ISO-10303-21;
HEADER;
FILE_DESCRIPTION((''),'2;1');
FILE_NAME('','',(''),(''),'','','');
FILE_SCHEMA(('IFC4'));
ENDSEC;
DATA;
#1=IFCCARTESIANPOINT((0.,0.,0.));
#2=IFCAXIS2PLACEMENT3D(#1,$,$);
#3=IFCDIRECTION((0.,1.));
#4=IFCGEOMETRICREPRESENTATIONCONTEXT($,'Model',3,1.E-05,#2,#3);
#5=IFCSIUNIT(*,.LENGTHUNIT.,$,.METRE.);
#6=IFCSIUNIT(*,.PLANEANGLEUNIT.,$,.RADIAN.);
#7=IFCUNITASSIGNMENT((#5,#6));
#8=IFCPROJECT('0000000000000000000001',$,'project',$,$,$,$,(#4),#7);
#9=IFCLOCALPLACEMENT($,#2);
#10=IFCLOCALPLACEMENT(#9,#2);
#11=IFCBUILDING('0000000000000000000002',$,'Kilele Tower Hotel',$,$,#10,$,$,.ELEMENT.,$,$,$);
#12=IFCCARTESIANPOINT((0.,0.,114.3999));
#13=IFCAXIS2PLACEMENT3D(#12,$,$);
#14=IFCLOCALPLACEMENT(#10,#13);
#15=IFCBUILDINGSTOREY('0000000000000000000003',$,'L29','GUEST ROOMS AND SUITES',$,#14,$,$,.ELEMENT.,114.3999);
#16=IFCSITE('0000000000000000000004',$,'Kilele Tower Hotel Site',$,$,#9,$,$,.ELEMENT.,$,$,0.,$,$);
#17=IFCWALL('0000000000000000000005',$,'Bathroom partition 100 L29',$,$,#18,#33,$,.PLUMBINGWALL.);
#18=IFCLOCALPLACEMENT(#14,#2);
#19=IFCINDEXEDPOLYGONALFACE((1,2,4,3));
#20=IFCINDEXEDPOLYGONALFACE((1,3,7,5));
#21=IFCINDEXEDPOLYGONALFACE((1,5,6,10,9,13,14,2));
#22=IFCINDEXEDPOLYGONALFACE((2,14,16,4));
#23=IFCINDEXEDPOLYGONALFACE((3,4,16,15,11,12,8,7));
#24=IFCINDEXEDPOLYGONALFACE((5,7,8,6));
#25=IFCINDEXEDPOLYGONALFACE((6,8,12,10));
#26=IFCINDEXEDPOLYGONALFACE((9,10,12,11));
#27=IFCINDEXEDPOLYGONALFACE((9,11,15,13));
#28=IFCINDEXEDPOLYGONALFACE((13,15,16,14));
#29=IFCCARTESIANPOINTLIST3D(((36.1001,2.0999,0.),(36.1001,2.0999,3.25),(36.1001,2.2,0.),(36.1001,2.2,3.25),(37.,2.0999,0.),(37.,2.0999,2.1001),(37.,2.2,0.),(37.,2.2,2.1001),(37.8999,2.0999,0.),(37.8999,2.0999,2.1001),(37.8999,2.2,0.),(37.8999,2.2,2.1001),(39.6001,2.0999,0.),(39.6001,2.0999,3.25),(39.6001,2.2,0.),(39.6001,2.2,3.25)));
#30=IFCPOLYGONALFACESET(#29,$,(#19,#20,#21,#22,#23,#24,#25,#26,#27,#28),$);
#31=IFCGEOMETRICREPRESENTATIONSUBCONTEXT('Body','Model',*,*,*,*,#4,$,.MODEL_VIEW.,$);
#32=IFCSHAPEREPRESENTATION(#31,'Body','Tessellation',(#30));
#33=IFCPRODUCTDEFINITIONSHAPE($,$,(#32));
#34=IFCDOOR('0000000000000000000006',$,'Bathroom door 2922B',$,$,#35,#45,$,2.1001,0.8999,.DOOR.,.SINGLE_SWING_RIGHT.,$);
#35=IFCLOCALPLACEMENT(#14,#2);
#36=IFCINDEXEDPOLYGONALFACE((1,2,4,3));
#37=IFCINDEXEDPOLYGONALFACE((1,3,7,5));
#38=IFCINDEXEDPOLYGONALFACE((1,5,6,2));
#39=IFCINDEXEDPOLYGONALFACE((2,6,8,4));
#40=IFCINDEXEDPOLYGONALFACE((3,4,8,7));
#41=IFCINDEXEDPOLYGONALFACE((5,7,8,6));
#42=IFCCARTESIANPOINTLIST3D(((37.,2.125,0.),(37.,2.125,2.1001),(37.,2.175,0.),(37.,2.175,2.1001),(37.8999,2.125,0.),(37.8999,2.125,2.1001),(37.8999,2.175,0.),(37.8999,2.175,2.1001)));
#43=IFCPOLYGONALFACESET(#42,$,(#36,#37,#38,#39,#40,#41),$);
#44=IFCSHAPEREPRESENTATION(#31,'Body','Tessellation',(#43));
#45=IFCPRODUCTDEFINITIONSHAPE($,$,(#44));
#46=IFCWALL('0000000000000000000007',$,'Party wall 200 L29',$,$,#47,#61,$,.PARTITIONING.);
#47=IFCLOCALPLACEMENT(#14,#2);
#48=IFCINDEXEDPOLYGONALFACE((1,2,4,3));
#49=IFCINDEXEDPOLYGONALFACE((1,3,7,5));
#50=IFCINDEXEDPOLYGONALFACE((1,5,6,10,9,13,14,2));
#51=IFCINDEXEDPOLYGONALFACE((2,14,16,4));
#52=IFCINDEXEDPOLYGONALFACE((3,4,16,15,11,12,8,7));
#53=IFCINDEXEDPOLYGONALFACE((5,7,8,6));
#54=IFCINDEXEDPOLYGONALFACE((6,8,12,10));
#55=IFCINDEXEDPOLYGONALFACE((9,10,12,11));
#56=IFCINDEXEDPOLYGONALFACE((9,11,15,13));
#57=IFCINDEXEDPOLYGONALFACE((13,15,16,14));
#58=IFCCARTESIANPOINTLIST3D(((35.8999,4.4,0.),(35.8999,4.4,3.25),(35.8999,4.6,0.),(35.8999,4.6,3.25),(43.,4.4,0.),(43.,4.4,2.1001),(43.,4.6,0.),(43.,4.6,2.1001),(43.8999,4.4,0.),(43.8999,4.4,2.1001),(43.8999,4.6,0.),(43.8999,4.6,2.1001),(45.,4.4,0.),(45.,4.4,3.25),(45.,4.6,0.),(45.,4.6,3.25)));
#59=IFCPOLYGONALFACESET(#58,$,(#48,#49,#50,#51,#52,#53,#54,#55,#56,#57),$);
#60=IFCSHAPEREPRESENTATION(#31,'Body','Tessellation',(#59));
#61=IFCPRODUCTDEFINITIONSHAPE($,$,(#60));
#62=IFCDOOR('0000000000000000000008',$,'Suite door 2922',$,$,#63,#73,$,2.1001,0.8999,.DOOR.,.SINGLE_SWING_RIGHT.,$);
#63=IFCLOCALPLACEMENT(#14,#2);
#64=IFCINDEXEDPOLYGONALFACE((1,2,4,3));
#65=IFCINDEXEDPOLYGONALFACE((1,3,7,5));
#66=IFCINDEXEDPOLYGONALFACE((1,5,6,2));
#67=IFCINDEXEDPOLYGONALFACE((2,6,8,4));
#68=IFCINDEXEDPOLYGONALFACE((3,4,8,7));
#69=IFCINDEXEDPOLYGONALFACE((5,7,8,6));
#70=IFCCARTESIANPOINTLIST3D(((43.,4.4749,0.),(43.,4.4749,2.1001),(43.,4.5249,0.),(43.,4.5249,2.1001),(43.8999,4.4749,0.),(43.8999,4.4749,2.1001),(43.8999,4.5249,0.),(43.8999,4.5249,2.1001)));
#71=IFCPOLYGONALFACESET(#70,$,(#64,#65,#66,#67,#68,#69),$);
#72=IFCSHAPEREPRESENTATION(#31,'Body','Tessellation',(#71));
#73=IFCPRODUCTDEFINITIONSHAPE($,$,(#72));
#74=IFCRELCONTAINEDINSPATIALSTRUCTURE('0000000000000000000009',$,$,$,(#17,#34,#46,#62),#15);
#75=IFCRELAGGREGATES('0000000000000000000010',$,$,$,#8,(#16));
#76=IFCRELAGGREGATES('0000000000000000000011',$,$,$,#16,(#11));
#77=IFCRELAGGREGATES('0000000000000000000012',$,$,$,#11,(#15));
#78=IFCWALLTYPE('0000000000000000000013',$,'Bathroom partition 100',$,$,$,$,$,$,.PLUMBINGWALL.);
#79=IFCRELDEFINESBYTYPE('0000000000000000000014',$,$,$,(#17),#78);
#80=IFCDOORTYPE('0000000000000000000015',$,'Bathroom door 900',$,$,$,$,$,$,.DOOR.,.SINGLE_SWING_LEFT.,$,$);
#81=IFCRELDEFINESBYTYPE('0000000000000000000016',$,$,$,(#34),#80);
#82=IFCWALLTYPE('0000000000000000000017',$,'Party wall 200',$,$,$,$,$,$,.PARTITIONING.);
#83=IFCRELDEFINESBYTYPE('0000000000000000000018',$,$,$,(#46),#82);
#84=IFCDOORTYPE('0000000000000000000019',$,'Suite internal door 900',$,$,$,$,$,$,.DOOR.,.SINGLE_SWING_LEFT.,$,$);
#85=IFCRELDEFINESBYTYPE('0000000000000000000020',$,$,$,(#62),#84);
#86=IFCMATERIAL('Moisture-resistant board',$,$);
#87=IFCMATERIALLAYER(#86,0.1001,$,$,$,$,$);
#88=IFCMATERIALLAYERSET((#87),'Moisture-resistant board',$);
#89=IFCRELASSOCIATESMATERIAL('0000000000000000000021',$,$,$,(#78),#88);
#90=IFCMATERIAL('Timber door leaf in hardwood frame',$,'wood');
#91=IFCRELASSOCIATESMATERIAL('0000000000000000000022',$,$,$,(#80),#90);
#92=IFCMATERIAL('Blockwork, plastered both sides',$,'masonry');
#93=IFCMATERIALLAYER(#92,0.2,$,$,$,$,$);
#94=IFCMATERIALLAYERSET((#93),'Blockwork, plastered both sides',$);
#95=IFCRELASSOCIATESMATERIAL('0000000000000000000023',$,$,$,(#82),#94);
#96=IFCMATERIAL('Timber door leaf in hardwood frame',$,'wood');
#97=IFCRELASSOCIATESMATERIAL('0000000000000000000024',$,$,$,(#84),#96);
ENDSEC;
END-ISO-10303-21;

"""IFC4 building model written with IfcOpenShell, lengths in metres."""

from ifc_helpers import new_model, si_unit, direction, frame, frame_2d, origin, place, context, subcontext, project, spatial, rectangle, extrude, material, layer, layer_set, type_object, element, fill, save


model = new_model("IFC4")

# Units and contexts
model_context = context("Model", 3, precision=1e-05, world=origin(), true_north=direction((0.0, 1.0)))
body_context = subcontext(model_context, "Body", "Model", "MODEL_VIEW")
ifc_project = project(units=[si_unit("LENGTHUNIT", "METRE"), si_unit("PLANEANGLEUNIT", "RADIAN")], contexts=[model_context])

# Site, building, storey
site_placement = place(None, origin())
site = spatial("IfcSite", under=ifc_project, at=site_placement, Name="Kilele Tower Hotel Site", CompositionType="ELEMENT", RefElevation=0.0)
building_placement = place(site_placement, origin())
building = spatial("IfcBuilding", under=site, at=building_placement, Name="Kilele Tower Hotel", CompositionType="ELEMENT")
storey_placement = place(building_placement, frame((0.0, 0.0, 114.3999)))
storey = spatial("IfcBuildingStorey", under=building, at=storey_placement, Name="L29", Description="GUEST ROOMS AND SUITES", CompositionType="ELEMENT", Elevation=114.3999)

# Shared definitions
ifc_material_1 = material(Name="Moisture-resistant board")
ifc_layer_1 = layer(ifc_material_1, 0.1001)
ifc_layer_set_1 = layer_set([ifc_layer_1], Name="Moisture-resistant board")
wall_type_1 = type_object("IfcWallType", Name="Bathroom partition 100", PredefinedType="PLUMBINGWALL", material=ifc_layer_set_1)

# Walls, openings, doors
ifc_material_2 = material(Name="Timber door leaf in hardwood frame", Category="wood")
door_type_1 = type_object("IfcDoorType", Name="Bathroom door 900", OperationType="SINGLE_SWING_LEFT", PredefinedType="DOOR", material=ifc_material_2)
wall_1_placement = place(storey_placement, frame((36.1001, 2.1499, 0.0), z_axis=(0.0, 0.0, 1.0), x_axis=(1.0, 0.0, 0.0)))
wall_1 = element("IfcWall", 1, at=wall_1_placement, inside=storey, type_object=wall_type_1, Name="Bathroom partition 100 L29", PredefinedType="PLUMBINGWALL", context=body_context, shape_type="SweptSolid", body=[
    extrude(rectangle(XDim=3.5, YDim=0.1001, at=frame_2d((1.75, 0.0))), origin(), (0.0, 0.0, 1.0), 3.25),
])
opening_1_placement = place(wall_1_placement, frame((1.7998, 0.0, 0.0), z_axis=(0.0, 0.0, 1.0), x_axis=(-1.0, 0.0, 0.0)))
opening_1 = element("IfcOpeningElement", 2, at=opening_1_placement, cuts=wall_1, PredefinedType="OPENING", context=body_context, shape_type="SweptSolid", body=[
    extrude(rectangle(XDim=0.8999, YDim=2.1001, at=frame_2d((0.45, 1.05))), frame((0.0, 0.0601, 0.0), z_axis=(0.0, -1.0, 0.0), x_axis=(1.0, 0.0, 0.0)), (0.0, 0.0, 1.0), 0.1201),
])
door_1_placement = place(opening_1_placement, origin())
door_1 = element("IfcDoor", 3, at=door_1_placement, inside=storey, type_object=door_type_1, Name="Bathroom door 2922B", OperationType="SINGLE_SWING_RIGHT", OverallHeight=2.1001, OverallWidth=0.8999, PredefinedType="DOOR", context=body_context, shape_type="SweptSolid", body=[
    extrude(rectangle(XDim=0.8999, YDim=2.1001, at=frame_2d((0.45, 1.05))), frame((0.0, 0.0249, 0.0), z_axis=(0.0, -1.0, 0.0), x_axis=(1.0, 0.0, 0.0)), (0.0, 0.0, 1.0), 0.05),
])
fill(opening_1, door_1)
ifc_material_3 = material(Name="Blockwork, plastered both sides", Category="masonry")
ifc_layer_2 = layer(ifc_material_3, 0.2)
ifc_layer_set_2 = layer_set([ifc_layer_2], Name="Blockwork, plastered both sides")
wall_type_2 = type_object("IfcWallType", Name="Party wall 200", PredefinedType="PARTITIONING", material=ifc_layer_set_2)
wall_2_placement = place(storey_placement, frame((35.8999, 4.5, 0.0), z_axis=(0.0, 0.0, 1.0), x_axis=(1.0, 0.0, 0.0)))
wall_2 = element("IfcWall", 4, at=wall_2_placement, inside=storey, type_object=wall_type_2, Name="Party wall 200 L29", PredefinedType="PARTITIONING", context=body_context, shape_type="SweptSolid", body=[
    extrude(rectangle(XDim=9.1001, YDim=0.2, at=frame_2d((4.55, 0.0))), origin(), (0.0, 0.0, 1.0), 3.25),
])
opening_2_placement = place(wall_2_placement, frame((7.1001, 0.0, 0.0)))
opening_2 = element("IfcOpeningElement", 5, at=opening_2_placement, cuts=wall_2, PredefinedType="OPENING", context=body_context, shape_type="SweptSolid", body=[
    extrude(rectangle(XDim=0.8999, YDim=2.1001, at=frame_2d((0.45, 1.05))), frame((0.0, 0.1099, 0.0), z_axis=(0.0, -1.0, 0.0), x_axis=(1.0, 0.0, 0.0)), (0.0, 0.0, 1.0), 0.22),
])
ifc_material_4 = material(Name="Timber door leaf in hardwood frame", Category="wood")
door_type_2 = type_object("IfcDoorType", Name="Suite internal door 900", OperationType="SINGLE_SWING_LEFT", PredefinedType="DOOR", material=ifc_material_4)
door_2_placement = place(opening_2_placement, origin())
door_2 = element("IfcDoor", 6, at=door_2_placement, inside=storey, type_object=door_type_2, Name="Suite door 2922", OperationType="SINGLE_SWING_RIGHT", OverallHeight=2.1001, OverallWidth=0.8999, PredefinedType="DOOR", context=body_context, shape_type="SweptSolid", body=[
    extrude(rectangle(XDim=0.8999, YDim=2.1001, at=frame_2d((0.45, 1.05))), frame((0.0, 0.0249, 0.0), z_axis=(0.0, -1.0, 0.0), x_axis=(1.0, 0.0, 0.0)), (0.0, 0.0, 1.0), 0.05),
])
fill(opening_2, door_2)

save(model, "model.ifc")
